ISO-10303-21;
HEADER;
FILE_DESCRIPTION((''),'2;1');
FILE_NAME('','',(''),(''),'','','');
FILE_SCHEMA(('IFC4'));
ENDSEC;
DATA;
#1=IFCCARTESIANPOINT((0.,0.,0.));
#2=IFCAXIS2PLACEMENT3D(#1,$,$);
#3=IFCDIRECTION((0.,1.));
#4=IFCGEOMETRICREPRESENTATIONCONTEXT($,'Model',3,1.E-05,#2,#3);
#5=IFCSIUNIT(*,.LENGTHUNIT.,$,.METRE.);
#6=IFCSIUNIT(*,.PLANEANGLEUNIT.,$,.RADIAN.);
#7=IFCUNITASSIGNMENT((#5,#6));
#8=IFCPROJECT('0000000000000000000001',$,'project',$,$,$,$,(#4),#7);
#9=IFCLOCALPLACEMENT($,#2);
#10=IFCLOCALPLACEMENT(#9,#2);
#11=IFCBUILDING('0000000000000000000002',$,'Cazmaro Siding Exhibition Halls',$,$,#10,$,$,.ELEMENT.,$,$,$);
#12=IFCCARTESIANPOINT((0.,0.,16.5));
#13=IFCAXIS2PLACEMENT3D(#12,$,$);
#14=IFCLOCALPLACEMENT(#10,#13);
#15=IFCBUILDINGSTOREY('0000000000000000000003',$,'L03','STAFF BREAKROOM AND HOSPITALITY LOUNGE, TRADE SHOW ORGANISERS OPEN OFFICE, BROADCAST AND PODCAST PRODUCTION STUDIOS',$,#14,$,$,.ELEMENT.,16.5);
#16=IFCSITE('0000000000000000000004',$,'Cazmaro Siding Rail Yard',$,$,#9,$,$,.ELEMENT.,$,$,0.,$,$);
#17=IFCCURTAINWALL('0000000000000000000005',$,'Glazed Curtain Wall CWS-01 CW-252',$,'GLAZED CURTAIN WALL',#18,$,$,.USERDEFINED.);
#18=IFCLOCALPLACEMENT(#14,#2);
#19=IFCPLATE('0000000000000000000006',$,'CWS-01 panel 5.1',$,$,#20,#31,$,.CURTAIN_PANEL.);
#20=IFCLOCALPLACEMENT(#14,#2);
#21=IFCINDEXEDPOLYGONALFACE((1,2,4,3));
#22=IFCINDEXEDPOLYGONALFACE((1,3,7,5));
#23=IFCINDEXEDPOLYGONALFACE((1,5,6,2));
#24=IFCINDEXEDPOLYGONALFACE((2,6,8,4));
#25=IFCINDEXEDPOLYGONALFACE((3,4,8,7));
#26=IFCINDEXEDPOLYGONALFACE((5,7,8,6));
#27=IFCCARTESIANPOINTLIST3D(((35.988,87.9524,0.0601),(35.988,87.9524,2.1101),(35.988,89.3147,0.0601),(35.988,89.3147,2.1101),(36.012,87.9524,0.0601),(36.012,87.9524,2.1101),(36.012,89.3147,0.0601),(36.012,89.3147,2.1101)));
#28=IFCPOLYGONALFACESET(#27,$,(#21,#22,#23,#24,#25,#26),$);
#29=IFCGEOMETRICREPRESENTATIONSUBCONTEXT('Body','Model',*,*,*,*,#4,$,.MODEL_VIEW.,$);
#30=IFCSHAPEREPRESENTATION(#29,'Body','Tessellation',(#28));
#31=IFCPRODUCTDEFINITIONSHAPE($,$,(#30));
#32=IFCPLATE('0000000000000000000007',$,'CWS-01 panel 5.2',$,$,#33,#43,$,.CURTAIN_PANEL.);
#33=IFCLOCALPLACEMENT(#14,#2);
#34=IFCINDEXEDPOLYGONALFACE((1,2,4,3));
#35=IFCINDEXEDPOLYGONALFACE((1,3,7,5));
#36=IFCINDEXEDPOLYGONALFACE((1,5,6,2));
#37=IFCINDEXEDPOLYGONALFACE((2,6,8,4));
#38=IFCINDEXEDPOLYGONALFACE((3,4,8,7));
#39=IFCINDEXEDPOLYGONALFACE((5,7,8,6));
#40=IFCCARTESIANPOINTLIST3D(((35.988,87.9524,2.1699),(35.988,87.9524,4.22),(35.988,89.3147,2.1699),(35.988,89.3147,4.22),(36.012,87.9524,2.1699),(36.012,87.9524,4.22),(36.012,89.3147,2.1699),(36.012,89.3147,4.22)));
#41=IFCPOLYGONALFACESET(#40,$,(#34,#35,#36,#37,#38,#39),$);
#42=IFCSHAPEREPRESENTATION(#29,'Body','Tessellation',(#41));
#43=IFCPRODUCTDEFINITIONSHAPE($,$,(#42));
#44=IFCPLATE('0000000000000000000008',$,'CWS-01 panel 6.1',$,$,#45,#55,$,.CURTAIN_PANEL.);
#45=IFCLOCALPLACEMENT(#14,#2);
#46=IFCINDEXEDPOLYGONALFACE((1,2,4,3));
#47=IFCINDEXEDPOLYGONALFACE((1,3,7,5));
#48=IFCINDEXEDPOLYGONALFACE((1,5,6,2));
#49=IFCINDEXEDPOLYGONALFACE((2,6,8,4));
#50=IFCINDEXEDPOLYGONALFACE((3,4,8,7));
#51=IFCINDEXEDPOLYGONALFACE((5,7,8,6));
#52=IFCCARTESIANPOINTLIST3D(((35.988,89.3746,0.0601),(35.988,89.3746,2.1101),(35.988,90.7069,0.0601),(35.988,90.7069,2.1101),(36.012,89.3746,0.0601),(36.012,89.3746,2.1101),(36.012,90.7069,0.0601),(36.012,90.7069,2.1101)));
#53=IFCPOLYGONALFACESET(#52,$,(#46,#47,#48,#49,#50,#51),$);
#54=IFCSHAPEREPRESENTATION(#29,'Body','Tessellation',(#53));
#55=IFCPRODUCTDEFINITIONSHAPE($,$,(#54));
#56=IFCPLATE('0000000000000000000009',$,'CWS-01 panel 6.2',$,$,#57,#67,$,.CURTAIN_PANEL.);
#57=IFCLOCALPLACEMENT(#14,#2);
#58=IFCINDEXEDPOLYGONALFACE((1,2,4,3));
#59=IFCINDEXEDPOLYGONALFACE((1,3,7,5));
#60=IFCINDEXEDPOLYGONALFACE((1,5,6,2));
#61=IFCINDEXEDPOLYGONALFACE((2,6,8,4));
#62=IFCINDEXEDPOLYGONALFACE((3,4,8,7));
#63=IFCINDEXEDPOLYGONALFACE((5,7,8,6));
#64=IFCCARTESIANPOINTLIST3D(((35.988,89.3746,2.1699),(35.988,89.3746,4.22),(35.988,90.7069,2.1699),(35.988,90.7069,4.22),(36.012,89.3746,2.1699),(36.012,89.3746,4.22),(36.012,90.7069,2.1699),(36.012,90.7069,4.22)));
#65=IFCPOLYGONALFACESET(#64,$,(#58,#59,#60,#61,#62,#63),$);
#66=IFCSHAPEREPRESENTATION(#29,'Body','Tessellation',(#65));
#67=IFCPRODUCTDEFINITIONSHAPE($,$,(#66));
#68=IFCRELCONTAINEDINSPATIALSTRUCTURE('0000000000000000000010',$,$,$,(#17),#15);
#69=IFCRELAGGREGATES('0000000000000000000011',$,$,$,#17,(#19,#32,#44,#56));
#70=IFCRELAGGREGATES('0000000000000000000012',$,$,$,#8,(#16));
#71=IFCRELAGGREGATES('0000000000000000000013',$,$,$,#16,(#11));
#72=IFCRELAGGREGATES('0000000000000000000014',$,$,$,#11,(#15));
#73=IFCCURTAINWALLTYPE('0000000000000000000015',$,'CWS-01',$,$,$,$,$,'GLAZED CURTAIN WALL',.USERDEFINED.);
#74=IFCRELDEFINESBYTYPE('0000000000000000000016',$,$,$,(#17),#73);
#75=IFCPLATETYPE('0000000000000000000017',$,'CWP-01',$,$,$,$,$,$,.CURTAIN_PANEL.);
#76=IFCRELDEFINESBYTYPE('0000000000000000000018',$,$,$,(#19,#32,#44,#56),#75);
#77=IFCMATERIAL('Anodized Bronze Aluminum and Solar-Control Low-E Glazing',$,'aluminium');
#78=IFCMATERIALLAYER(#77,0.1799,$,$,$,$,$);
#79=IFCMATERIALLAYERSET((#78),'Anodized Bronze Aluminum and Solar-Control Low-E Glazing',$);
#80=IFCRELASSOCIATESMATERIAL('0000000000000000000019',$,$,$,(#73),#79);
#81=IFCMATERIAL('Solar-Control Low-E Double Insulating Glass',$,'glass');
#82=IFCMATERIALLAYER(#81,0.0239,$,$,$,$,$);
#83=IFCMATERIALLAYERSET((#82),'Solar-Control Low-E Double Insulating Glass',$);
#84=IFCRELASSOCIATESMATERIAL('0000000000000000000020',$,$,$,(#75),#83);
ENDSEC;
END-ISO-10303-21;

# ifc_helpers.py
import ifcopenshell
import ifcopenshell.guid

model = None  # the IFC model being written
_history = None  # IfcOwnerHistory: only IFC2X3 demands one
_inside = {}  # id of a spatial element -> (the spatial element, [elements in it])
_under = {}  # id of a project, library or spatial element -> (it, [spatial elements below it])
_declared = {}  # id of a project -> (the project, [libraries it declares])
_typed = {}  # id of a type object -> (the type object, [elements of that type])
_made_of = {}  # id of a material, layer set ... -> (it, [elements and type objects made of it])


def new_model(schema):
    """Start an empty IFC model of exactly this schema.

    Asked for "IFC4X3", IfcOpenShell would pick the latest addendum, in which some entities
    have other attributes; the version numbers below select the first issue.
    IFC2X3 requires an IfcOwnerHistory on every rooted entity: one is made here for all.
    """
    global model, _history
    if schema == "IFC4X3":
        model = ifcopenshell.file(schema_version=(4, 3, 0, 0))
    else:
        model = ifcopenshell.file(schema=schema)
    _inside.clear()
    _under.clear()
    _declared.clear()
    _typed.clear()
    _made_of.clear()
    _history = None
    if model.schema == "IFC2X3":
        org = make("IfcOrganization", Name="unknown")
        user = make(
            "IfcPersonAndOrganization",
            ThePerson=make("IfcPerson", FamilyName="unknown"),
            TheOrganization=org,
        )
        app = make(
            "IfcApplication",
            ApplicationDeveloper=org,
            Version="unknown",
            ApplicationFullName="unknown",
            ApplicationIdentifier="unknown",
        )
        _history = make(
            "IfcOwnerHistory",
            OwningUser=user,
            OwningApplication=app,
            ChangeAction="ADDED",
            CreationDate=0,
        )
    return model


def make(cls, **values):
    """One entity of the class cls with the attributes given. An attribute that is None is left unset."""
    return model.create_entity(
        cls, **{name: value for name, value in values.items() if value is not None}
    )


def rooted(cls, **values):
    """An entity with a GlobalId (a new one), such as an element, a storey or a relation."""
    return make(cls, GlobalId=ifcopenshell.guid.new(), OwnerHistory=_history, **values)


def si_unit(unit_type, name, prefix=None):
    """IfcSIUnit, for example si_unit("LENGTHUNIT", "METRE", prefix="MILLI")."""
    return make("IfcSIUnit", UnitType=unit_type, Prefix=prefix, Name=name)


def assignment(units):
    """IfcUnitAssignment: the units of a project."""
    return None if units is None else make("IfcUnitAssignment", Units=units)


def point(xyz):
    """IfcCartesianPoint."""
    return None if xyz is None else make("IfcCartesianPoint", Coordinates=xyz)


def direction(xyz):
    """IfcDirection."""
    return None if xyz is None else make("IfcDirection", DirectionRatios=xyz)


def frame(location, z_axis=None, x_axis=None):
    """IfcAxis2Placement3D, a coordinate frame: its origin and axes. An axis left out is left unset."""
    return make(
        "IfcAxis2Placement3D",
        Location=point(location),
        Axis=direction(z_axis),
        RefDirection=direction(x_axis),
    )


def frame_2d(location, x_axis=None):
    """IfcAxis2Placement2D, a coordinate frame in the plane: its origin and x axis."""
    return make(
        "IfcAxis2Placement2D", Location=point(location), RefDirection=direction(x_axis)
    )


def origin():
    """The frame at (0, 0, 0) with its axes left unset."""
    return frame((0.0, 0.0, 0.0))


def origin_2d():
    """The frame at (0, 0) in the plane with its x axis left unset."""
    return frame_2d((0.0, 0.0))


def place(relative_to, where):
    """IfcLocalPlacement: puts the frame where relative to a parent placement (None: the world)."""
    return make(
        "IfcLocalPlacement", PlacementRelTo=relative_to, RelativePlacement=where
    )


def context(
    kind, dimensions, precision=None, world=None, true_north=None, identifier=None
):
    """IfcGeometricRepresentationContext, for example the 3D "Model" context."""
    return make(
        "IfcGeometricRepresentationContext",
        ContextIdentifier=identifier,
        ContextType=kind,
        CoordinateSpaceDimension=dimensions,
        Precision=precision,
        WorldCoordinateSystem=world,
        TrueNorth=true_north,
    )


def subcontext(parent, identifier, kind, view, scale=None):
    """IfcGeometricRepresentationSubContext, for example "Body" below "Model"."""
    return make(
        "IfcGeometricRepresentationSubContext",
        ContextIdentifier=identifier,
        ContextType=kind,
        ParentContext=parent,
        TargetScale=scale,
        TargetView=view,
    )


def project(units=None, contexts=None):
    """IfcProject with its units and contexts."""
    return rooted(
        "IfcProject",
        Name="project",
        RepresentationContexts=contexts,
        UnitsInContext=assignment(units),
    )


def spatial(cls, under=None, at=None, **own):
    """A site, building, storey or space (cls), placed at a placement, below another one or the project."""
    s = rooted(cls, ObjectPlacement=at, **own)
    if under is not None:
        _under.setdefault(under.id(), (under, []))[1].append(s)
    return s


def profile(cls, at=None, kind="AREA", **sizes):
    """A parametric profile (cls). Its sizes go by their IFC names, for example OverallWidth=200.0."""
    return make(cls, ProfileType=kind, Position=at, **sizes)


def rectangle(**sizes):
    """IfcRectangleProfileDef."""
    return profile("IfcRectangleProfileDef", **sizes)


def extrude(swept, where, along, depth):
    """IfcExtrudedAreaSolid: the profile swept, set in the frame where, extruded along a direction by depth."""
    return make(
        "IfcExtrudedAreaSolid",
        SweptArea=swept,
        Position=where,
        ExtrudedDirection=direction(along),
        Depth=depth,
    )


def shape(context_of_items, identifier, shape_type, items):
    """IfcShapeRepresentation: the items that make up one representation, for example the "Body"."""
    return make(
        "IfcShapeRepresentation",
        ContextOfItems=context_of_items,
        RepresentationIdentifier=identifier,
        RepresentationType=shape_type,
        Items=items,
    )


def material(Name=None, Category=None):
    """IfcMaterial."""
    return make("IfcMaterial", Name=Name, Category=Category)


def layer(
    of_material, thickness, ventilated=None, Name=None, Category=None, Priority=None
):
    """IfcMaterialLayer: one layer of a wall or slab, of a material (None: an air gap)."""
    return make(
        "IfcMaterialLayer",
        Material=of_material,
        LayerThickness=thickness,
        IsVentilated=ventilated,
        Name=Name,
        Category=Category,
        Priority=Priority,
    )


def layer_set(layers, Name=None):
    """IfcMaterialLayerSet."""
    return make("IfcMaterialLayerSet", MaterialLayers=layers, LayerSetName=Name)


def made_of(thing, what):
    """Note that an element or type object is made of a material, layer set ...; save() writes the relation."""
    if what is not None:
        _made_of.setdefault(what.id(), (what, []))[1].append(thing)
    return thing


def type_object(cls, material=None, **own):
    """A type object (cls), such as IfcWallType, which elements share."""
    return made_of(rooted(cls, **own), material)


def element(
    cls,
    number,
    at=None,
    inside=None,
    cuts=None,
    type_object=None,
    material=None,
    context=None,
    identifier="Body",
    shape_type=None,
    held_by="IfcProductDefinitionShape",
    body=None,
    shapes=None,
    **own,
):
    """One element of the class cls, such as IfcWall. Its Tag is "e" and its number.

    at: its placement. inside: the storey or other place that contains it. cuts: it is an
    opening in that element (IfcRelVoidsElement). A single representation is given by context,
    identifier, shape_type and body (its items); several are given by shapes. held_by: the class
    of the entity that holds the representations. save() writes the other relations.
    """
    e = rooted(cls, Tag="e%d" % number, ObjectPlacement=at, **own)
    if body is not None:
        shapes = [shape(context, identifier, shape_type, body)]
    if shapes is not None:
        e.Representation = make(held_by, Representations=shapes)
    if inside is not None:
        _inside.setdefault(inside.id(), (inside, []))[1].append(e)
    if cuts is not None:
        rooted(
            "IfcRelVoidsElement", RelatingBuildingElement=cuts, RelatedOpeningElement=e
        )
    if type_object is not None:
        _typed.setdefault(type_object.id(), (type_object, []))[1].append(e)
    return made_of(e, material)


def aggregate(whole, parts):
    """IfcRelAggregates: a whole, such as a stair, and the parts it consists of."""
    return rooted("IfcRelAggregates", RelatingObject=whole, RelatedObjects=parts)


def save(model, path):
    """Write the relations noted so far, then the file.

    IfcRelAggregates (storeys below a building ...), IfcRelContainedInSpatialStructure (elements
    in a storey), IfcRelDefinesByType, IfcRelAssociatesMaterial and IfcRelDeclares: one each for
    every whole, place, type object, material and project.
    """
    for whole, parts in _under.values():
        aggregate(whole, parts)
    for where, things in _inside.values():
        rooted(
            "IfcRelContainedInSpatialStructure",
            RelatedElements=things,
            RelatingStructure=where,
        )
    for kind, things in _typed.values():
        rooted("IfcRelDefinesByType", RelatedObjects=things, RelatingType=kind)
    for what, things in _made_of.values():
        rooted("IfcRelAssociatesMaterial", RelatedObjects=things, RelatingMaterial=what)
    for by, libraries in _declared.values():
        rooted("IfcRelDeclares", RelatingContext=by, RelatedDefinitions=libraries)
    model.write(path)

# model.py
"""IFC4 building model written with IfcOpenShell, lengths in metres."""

from ifc_helpers import new_model, si_unit, direction, frame, origin, origin_2d, place, context, subcontext, project, spatial, rectangle, extrude, material, layer, layer_set, type_object, element, aggregate, save


model = new_model("IFC4")

# Units and contexts
model_context = context("Model", 3, precision=1e-05, world=origin(), true_north=direction((0.0, 1.0)))
body_context = subcontext(model_context, "Body", "Model", "MODEL_VIEW")
ifc_project = project(units=[si_unit("LENGTHUNIT", "METRE"), si_unit("PLANEANGLEUNIT", "RADIAN")], contexts=[model_context])

# Site, building, storey
site_placement = place(None, origin())
site = spatial("IfcSite", under=ifc_project, at=site_placement, Name="Cazmaro Siding Rail Yard", CompositionType="ELEMENT", RefElevation=0.0)
building_placement = place(site_placement, origin())
building = spatial("IfcBuilding", under=site, at=building_placement, Name="Cazmaro Siding Exhibition Halls", CompositionType="ELEMENT")
storey_placement = place(building_placement, frame((0.0, 0.0, 16.5)))
storey = spatial("IfcBuildingStorey", under=building, at=storey_placement, Name="L03", Description="STAFF BREAKROOM AND HOSPITALITY LOUNGE, TRADE SHOW ORGANISERS OPEN OFFICE, BROADCAST AND PODCAST PRODUCTION STUDIOS", CompositionType="ELEMENT", Elevation=16.5)

# Curtain wall, plates
ifc_material_1 = material(Name="Anodized Bronze Aluminum and Solar-Control Low-E Glazing", Category="aluminium")
ifc_layer_1 = layer(ifc_material_1, 0.1799)
ifc_layer_set_1 = layer_set([ifc_layer_1], Name="Anodized Bronze Aluminum and Solar-Control Low-E Glazing")
curtain_wall_type = type_object("IfcCurtainWallType", Name="CWS-01", ElementType="GLAZED CURTAIN WALL", PredefinedType="USERDEFINED", material=ifc_layer_set_1)
curtain_wall_placement = place(storey_placement, origin())
curtain_wall = element("IfcCurtainWall", 1, at=curtain_wall_placement, inside=storey, type_object=curtain_wall_type, Name="Glazed Curtain Wall CWS-01 CW-252", ObjectType="GLAZED CURTAIN WALL", PredefinedType="USERDEFINED")
ifc_material_2 = material(Name="Solar-Control Low-E Double Insulating Glass", Category="glass")
ifc_layer_2 = layer(ifc_material_2, 0.0239)
ifc_layer_set_2 = layer_set([ifc_layer_2], Name="Solar-Control Low-E Double Insulating Glass")
plate_type = type_object("IfcPlateType", Name="CWP-01", PredefinedType="CURTAIN_PANEL", material=ifc_layer_set_2)
plate_1_placement = place(storey_placement, frame((36.0, 88.6335, 0.0601), z_axis=(0.0, 0.0, 1.0), x_axis=(0.0, 1.0, 0.0)))
plate_1 = element("IfcPlate", 2, at=plate_1_placement, type_object=plate_type, Name="CWS-01 panel 5.1", PredefinedType="CURTAIN_PANEL", context=body_context, shape_type="SweptSolid", body=[
    extrude(rectangle(XDim=1.3623, YDim=0.0239, at=origin_2d()), origin(), (0.0, 0.0, 1.0), 2.05),
])
plate_2_placement = place(storey_placement, frame((36.0, 88.6335, 2.1699), z_axis=(0.0, 0.0, 1.0), x_axis=(0.0, 1.0, 0.0)))
plate_2 = element("IfcPlate", 3, at=plate_2_placement, type_object=plate_type, Name="CWS-01 panel 5.2", PredefinedType="CURTAIN_PANEL", context=body_context, shape_type="SweptSolid", body=[
    extrude(rectangle(XDim=1.3623, YDim=0.0239, at=origin_2d()), origin(), (0.0, 0.0, 1.0), 2.05),
])
plate_3_placement = place(storey_placement, frame((36.0, 90.0408, 0.0601), z_axis=(0.0, 0.0, 1.0), x_axis=(0.0, 1.0, 0.0)))
plate_3 = element("IfcPlate", 4, at=plate_3_placement, type_object=plate_type, Name="CWS-01 panel 6.1", PredefinedType="CURTAIN_PANEL", context=body_context, shape_type="SweptSolid", body=[
    extrude(rectangle(XDim=1.3323, YDim=0.0239, at=origin_2d()), origin(), (0.0, 0.0, 1.0), 2.05),
])
plate_4_placement = place(storey_placement, frame((36.0, 90.0408, 2.1699), z_axis=(0.0, 0.0, 1.0), x_axis=(0.0, 1.0, 0.0)))
plate_4 = element("IfcPlate", 5, at=plate_4_placement, type_object=plate_type, Name="CWS-01 panel 6.2", PredefinedType="CURTAIN_PANEL", context=body_context, shape_type="SweptSolid", body=[
    extrude(rectangle(XDim=1.3323, YDim=0.0239, at=origin_2d()), origin(), (0.0, 0.0, 1.0), 2.05),
])
aggregate(curtain_wall, [plate_1, plate_2, plate_3, plate_4])

save(model, "model.ifc")
